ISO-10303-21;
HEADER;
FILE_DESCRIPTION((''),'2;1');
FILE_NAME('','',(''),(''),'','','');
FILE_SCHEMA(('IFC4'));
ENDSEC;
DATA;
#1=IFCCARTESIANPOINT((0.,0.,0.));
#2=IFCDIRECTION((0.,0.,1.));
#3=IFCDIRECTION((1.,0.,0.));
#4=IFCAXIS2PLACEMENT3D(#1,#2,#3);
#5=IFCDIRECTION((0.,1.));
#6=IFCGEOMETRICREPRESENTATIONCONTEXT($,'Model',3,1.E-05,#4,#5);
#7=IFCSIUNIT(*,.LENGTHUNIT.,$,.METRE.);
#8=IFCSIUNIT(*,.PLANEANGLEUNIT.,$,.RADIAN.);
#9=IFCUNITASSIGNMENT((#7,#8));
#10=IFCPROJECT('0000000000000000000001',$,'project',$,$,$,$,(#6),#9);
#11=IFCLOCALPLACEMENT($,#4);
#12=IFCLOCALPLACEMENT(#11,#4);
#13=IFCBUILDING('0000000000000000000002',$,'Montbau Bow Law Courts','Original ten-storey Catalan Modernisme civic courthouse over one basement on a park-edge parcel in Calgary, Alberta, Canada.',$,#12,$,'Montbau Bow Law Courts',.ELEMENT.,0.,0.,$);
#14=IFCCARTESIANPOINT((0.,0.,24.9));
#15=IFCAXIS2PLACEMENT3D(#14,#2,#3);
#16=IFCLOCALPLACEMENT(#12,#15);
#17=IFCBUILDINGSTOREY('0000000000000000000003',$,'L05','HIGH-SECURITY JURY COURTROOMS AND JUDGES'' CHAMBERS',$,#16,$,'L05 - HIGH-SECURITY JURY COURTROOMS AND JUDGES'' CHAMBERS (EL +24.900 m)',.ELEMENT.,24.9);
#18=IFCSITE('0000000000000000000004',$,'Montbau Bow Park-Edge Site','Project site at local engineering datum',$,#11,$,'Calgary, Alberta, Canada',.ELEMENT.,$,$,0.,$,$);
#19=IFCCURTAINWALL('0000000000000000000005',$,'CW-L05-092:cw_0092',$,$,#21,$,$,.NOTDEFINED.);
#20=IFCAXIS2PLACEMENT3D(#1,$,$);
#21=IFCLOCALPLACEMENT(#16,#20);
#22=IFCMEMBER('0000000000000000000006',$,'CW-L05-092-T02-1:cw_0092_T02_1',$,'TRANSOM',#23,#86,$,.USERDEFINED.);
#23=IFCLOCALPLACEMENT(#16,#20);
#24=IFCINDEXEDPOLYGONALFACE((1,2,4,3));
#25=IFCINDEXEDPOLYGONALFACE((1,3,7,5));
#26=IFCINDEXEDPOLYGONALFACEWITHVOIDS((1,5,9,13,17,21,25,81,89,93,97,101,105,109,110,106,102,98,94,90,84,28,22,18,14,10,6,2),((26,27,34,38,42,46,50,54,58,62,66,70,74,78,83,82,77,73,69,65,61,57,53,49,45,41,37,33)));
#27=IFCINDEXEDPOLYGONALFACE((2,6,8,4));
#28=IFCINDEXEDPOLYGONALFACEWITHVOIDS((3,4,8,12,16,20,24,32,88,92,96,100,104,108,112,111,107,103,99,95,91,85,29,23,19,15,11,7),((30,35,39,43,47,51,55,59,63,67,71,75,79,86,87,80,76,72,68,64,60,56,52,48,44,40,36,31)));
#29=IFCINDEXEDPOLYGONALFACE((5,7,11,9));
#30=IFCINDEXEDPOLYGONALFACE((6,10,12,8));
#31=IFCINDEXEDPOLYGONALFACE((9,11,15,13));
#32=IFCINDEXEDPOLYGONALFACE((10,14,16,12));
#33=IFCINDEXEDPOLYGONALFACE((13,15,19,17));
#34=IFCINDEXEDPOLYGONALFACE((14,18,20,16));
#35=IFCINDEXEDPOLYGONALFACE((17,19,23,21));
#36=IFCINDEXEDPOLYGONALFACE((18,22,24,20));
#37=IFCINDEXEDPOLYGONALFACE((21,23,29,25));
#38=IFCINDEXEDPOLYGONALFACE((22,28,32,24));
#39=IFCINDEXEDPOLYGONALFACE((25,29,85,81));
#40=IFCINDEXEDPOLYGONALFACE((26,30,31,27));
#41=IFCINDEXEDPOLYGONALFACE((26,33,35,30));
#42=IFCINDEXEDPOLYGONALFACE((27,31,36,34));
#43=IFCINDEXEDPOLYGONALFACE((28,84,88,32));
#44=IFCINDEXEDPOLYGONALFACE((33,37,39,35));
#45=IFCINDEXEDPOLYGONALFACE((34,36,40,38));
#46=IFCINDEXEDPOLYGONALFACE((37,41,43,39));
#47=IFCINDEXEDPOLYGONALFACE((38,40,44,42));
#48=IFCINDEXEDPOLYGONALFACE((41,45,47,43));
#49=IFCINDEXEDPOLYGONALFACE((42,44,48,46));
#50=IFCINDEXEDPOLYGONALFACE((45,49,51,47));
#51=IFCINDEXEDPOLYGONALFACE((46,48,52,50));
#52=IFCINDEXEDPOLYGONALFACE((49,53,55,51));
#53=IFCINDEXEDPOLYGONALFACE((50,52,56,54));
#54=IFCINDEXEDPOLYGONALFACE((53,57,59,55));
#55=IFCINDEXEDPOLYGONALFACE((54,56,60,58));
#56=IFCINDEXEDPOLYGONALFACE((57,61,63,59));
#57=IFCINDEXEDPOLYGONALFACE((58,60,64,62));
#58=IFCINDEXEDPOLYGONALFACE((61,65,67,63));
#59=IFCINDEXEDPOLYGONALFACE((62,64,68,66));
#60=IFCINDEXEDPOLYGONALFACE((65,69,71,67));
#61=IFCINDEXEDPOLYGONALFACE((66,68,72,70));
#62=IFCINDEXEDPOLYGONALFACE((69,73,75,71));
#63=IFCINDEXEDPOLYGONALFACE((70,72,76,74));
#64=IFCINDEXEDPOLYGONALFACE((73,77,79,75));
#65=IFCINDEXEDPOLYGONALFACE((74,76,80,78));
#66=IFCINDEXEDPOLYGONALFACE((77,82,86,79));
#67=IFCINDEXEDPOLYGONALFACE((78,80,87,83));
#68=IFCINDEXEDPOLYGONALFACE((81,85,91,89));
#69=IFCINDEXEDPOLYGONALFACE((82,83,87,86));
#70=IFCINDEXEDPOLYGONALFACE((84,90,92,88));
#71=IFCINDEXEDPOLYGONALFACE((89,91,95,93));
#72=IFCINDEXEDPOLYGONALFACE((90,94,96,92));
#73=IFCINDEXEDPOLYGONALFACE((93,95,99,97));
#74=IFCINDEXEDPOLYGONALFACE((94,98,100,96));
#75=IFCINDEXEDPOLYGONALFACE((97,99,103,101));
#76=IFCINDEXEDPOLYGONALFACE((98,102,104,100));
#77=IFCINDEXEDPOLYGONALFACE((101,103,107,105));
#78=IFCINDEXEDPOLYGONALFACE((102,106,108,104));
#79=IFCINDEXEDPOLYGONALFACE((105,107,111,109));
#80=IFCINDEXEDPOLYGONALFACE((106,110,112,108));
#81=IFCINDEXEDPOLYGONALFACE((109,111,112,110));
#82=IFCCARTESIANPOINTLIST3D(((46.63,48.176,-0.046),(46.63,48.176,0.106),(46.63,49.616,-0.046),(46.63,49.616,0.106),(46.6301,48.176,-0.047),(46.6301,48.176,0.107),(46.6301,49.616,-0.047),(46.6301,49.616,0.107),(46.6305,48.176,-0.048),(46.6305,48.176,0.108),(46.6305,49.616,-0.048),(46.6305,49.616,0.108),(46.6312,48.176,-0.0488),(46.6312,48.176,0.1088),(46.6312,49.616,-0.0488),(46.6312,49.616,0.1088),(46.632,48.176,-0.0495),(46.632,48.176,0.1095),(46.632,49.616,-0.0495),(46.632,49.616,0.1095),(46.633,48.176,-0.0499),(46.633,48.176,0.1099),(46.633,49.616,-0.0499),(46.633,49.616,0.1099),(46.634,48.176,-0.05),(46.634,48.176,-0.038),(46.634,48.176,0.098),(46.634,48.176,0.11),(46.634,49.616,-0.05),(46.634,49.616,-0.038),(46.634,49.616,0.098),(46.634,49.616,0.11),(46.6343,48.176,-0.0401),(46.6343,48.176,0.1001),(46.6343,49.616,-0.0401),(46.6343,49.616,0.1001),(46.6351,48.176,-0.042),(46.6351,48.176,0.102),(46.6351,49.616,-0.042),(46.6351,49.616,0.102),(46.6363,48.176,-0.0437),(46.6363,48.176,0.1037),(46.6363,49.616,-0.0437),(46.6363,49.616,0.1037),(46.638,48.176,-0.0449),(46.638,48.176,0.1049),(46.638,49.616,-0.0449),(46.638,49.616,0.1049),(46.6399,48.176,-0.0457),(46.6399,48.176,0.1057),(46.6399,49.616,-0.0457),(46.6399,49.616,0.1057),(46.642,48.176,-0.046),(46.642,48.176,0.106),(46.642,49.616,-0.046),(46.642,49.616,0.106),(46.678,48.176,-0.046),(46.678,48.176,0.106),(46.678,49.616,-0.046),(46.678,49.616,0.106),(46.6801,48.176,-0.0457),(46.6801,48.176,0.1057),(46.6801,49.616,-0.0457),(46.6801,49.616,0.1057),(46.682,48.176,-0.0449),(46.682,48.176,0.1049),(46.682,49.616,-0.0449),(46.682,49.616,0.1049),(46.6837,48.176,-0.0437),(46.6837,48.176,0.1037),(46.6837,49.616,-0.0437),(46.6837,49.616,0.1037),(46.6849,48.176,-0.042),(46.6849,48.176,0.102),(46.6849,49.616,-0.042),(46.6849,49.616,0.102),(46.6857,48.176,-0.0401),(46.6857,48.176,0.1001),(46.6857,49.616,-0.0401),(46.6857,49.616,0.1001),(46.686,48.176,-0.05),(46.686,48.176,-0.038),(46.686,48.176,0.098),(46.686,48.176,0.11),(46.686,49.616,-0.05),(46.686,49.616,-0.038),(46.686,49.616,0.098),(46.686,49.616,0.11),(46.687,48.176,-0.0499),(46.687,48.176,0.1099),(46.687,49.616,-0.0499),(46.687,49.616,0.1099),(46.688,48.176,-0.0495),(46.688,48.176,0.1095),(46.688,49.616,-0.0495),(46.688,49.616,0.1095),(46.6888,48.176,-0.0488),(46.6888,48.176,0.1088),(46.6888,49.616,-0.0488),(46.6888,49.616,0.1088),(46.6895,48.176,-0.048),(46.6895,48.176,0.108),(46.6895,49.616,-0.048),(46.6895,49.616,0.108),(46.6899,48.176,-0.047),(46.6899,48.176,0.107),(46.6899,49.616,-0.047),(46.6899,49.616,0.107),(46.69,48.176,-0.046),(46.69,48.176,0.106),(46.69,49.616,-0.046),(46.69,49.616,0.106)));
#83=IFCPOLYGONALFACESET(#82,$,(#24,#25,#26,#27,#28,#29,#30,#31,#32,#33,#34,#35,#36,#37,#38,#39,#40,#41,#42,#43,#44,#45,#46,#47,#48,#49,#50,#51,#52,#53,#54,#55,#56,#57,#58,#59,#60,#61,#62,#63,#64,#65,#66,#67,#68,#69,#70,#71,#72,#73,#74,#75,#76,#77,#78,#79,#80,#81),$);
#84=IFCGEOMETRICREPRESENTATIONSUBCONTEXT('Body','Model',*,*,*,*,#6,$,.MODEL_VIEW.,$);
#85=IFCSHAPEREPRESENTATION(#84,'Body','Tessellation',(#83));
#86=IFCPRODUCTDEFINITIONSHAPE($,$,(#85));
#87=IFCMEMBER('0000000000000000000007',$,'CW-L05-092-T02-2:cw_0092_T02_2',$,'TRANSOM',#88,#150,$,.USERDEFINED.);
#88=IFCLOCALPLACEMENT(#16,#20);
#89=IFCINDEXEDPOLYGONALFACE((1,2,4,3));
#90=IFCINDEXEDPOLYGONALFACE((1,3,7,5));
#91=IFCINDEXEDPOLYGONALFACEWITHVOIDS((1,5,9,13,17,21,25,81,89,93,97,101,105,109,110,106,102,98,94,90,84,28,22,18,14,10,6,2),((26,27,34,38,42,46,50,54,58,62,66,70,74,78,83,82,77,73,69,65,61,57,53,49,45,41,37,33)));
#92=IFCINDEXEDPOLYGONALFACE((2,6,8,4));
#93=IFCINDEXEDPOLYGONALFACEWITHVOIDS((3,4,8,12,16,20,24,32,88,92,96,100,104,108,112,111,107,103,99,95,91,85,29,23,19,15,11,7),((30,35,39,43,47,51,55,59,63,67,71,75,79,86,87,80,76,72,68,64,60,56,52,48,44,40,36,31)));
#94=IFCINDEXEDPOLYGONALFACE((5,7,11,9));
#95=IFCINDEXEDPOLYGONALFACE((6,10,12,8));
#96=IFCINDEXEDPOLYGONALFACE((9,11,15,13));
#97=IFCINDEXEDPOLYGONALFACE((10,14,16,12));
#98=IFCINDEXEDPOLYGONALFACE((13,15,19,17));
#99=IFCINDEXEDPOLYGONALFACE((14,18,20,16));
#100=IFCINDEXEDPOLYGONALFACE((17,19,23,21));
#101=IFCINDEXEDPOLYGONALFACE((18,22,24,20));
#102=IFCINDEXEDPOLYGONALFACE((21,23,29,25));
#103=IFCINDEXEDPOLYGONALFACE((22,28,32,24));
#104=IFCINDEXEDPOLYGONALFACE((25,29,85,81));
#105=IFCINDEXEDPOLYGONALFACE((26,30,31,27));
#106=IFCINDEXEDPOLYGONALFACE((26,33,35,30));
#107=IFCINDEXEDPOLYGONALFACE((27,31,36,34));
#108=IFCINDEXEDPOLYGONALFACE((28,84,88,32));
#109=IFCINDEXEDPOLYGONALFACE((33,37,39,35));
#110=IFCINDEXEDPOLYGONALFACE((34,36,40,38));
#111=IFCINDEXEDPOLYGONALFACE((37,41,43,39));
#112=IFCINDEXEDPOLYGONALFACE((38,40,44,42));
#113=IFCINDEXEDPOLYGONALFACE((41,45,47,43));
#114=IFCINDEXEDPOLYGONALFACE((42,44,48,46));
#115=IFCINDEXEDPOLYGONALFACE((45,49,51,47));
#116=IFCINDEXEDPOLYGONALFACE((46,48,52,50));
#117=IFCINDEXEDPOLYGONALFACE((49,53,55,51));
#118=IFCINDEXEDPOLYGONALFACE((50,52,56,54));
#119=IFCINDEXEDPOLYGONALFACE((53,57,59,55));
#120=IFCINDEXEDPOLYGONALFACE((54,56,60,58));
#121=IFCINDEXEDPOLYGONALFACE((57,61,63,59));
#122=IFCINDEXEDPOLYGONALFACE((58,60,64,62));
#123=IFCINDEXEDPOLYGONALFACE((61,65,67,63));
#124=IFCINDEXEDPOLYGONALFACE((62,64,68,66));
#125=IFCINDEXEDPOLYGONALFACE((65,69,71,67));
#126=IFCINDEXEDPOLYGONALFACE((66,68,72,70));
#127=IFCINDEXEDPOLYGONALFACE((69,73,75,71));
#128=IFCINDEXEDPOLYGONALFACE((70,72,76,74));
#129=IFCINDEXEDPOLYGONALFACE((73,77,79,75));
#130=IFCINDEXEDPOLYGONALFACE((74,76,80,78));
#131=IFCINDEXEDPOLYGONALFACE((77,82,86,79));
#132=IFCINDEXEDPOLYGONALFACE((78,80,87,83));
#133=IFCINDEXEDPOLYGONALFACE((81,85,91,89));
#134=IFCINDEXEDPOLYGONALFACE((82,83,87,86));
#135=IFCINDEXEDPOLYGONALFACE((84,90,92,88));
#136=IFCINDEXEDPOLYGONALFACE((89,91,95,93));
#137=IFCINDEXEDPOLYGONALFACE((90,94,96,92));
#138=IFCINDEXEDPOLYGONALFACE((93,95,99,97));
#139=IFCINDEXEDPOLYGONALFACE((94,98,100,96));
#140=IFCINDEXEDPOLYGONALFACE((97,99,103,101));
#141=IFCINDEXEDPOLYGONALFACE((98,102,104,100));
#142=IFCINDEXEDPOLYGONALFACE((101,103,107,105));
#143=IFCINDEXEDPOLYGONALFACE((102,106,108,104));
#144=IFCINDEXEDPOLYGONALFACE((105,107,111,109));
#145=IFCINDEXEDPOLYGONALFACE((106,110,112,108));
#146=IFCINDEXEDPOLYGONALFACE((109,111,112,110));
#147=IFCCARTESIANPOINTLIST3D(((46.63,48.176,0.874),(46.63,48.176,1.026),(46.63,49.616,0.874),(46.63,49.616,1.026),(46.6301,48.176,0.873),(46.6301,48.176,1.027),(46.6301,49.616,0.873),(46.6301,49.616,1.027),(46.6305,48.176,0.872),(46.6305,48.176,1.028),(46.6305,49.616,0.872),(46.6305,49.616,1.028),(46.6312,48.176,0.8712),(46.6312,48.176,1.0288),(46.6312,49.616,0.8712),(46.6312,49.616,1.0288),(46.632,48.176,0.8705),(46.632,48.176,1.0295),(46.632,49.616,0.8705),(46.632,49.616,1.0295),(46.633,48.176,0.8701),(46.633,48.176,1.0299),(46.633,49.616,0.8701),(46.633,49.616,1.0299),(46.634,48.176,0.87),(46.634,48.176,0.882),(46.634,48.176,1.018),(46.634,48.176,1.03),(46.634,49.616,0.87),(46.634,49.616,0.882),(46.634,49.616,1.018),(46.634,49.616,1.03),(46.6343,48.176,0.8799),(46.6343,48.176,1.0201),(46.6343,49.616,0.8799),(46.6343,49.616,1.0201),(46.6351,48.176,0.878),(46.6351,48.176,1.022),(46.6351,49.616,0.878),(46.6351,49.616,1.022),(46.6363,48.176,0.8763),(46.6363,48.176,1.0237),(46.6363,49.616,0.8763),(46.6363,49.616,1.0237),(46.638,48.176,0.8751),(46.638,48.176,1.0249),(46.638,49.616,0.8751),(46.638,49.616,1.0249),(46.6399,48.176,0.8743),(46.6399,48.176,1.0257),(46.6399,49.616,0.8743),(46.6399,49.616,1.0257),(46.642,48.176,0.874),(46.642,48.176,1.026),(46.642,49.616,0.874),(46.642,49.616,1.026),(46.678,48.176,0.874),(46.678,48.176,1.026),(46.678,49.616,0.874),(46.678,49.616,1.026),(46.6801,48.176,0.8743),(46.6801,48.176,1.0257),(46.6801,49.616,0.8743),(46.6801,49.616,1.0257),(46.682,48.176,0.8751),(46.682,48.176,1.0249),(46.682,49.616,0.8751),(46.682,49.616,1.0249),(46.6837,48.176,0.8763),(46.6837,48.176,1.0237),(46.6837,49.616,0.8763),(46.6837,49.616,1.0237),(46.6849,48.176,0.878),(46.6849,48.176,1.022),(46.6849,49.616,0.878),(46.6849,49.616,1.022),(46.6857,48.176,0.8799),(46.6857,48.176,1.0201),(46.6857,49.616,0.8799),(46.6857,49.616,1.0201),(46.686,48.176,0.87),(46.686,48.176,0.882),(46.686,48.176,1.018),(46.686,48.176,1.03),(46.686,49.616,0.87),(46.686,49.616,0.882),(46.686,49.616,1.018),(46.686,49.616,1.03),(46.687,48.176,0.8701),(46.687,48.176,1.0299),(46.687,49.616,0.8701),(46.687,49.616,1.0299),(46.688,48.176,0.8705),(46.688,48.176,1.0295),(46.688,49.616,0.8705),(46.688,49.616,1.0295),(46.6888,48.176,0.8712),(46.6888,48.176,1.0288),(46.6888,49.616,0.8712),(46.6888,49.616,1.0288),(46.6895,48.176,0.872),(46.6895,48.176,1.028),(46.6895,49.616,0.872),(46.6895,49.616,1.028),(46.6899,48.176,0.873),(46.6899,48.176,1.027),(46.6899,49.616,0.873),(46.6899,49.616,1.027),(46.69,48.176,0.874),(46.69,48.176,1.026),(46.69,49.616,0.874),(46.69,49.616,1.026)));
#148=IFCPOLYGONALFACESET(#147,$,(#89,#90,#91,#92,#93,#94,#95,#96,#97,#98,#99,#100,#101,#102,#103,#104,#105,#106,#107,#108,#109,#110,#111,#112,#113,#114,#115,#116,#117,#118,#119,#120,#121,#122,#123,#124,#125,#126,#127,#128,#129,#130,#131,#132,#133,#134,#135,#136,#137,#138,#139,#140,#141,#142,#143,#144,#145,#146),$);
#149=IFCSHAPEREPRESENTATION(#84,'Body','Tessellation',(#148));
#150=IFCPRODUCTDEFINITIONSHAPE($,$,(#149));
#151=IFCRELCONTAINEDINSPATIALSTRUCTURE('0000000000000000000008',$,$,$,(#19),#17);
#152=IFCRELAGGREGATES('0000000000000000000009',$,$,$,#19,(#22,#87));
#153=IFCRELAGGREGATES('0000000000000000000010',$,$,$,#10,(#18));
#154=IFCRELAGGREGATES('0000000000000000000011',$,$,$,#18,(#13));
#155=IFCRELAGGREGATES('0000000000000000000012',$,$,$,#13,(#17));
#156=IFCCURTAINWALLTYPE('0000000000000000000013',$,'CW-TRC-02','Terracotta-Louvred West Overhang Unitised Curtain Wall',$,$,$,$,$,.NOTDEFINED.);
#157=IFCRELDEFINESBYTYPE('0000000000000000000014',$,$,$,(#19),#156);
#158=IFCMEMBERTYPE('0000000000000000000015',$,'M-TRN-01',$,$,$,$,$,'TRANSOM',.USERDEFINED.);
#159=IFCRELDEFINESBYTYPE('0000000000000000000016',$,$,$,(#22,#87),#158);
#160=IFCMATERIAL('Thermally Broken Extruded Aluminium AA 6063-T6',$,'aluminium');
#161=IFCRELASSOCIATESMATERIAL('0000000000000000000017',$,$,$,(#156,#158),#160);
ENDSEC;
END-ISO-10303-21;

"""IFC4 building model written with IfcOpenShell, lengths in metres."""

from ifc_helpers import new_model, si_unit, direction, frame, origin_with_axes, origin_2d_with_axis, place, context, subcontext, project, spatial, hollow_rectangle, extrude, material, material_profile, profile_set, type_object, element, aggregate, save


model = new_model("IFC4")

# Units and contexts
model_context = context("Model", 3, precision=1e-05, world=origin_with_axes(), true_north=direction((0.0, 1.0)))
body_context = subcontext(model_context, "Body", "Model", "MODEL_VIEW")
ifc_project = project(units=[si_unit("LENGTHUNIT", "METRE"), si_unit("PLANEANGLEUNIT", "RADIAN")], contexts=[model_context])

# Site, building, storey
site_placement = place(None, origin_with_axes())
site = spatial("IfcSite", under=ifc_project, at=site_placement, Name="Montbau Bow Park-Edge Site", Description="Project site at local engineering datum", LongName="Calgary, Alberta, Canada", CompositionType="ELEMENT", RefElevation=0.0)
building_placement = place(site_placement, origin_with_axes())
building = spatial("IfcBuilding", under=site, at=building_placement, Name="Montbau Bow Law Courts", Description="Original ten-storey Catalan Modernisme civic courthouse over one basement on a park-edge parcel in Calgary, Alberta, Canada.", LongName="Montbau Bow Law Courts", CompositionType="ELEMENT", ElevationOfRefHeight=0.0, ElevationOfTerrain=0.0)
storey_placement = place(building_placement, frame((0.0, 0.0, 24.9), z_axis=(0.0, 0.0, 1.0), x_axis=(1.0, 0.0, 0.0)))
storey = spatial("IfcBuildingStorey", under=building, at=storey_placement, Name="L05", Description="HIGH-SECURITY JURY COURTROOMS AND JUDGES' CHAMBERS", LongName="L05 - HIGH-SECURITY JURY COURTROOMS AND JUDGES' CHAMBERS (EL +24.900 m)", CompositionType="ELEMENT", Elevation=24.9)

# Curtain wall, members
ifc_material_1 = material(Name="Thermally Broken Extruded Aluminium AA 6063-T6", Category="aluminium")
curtain_wall_type = type_object("IfcCurtainWallType", Name="CW-TRC-02", Description="Terracotta-Louvred West Overhang Unitised Curtain Wall", PredefinedType="NOTDEFINED", material=ifc_material_1)
curtain_wall_placement = place(None, frame((46.66, 46.64, 24.9), z_axis=(0.0, 0.0, 1.0), x_axis=(1.0, 0.0, 0.0)))
curtain_wall = element("IfcCurtainWall", 1, at=curtain_wall_placement, inside=storey, type_object=curtain_wall_type, Name="CW-L05-092:cw_0092", PredefinedType="NOTDEFINED")
ifc_material_profile_1 = material_profile(ifc_material_1, hollow_rectangle(XDim=0.06, YDim=0.16, WallThickness=0.004, InnerFilletRadius=0.008, OuterFilletRadius=0.004, at=origin_2d_with_axis()), Name="CWT-160X60", Category="Main", Priority=0)
ifc_profile_set_1 = profile_set([ifc_material_profile_1], Name="Thermally Broken Extruded Aluminium AA 6063-T6")
member_type_1 = type_object("IfcMemberType", Name="M-TRN-01", ElementType="TRANSOM", PredefinedType="USERDEFINED", material=ifc_profile_set_1)
member_1_placement = place(None, frame((46.66, 48.176, 24.93), z_axis=(0.0, 1.0, 0.0), x_axis=(-1.0, 0.0, 0.0)))
member_1 = element("IfcMember", 2, at=member_1_placement, type_object=member_type_1, Name="CW-L05-092-T02-1:cw_0092_T02_1", ObjectType="TRANSOM", PredefinedType="USERDEFINED", context=body_context, shape_type="SweptSolid", body=[
    extrude(hollow_rectangle(XDim=0.06, YDim=0.16, WallThickness=0.004, InnerFilletRadius=0.008, OuterFilletRadius=0.004, at=origin_2d_with_axis()), origin_with_axes(), (0.0, 0.0, 1.0), 1.44),
])
member_2_placement = place(None, frame((46.66, 48.176, 25.85), z_axis=(0.0, 1.0, 0.0), x_axis=(-1.0, 0.0, 0.0)))
member_2 = element("IfcMember", 3, at=member_2_placement, type_object=member_type_1, Name="CW-L05-092-T02-2:cw_0092_T02_2", ObjectType="TRANSOM", PredefinedType="USERDEFINED", context=body_context, shape_type="SweptSolid", body=[
    extrude(hollow_rectangle(XDim=0.06, YDim=0.16, WallThickness=0.004, InnerFilletRadius=0.008, OuterFilletRadius=0.004, at=origin_2d_with_axis()), origin_with_axes(), (0.0, 0.0, 1.0), 1.44),
])
aggregate(curtain_wall, [member_1, member_2])

save(model, "model.ifc")
